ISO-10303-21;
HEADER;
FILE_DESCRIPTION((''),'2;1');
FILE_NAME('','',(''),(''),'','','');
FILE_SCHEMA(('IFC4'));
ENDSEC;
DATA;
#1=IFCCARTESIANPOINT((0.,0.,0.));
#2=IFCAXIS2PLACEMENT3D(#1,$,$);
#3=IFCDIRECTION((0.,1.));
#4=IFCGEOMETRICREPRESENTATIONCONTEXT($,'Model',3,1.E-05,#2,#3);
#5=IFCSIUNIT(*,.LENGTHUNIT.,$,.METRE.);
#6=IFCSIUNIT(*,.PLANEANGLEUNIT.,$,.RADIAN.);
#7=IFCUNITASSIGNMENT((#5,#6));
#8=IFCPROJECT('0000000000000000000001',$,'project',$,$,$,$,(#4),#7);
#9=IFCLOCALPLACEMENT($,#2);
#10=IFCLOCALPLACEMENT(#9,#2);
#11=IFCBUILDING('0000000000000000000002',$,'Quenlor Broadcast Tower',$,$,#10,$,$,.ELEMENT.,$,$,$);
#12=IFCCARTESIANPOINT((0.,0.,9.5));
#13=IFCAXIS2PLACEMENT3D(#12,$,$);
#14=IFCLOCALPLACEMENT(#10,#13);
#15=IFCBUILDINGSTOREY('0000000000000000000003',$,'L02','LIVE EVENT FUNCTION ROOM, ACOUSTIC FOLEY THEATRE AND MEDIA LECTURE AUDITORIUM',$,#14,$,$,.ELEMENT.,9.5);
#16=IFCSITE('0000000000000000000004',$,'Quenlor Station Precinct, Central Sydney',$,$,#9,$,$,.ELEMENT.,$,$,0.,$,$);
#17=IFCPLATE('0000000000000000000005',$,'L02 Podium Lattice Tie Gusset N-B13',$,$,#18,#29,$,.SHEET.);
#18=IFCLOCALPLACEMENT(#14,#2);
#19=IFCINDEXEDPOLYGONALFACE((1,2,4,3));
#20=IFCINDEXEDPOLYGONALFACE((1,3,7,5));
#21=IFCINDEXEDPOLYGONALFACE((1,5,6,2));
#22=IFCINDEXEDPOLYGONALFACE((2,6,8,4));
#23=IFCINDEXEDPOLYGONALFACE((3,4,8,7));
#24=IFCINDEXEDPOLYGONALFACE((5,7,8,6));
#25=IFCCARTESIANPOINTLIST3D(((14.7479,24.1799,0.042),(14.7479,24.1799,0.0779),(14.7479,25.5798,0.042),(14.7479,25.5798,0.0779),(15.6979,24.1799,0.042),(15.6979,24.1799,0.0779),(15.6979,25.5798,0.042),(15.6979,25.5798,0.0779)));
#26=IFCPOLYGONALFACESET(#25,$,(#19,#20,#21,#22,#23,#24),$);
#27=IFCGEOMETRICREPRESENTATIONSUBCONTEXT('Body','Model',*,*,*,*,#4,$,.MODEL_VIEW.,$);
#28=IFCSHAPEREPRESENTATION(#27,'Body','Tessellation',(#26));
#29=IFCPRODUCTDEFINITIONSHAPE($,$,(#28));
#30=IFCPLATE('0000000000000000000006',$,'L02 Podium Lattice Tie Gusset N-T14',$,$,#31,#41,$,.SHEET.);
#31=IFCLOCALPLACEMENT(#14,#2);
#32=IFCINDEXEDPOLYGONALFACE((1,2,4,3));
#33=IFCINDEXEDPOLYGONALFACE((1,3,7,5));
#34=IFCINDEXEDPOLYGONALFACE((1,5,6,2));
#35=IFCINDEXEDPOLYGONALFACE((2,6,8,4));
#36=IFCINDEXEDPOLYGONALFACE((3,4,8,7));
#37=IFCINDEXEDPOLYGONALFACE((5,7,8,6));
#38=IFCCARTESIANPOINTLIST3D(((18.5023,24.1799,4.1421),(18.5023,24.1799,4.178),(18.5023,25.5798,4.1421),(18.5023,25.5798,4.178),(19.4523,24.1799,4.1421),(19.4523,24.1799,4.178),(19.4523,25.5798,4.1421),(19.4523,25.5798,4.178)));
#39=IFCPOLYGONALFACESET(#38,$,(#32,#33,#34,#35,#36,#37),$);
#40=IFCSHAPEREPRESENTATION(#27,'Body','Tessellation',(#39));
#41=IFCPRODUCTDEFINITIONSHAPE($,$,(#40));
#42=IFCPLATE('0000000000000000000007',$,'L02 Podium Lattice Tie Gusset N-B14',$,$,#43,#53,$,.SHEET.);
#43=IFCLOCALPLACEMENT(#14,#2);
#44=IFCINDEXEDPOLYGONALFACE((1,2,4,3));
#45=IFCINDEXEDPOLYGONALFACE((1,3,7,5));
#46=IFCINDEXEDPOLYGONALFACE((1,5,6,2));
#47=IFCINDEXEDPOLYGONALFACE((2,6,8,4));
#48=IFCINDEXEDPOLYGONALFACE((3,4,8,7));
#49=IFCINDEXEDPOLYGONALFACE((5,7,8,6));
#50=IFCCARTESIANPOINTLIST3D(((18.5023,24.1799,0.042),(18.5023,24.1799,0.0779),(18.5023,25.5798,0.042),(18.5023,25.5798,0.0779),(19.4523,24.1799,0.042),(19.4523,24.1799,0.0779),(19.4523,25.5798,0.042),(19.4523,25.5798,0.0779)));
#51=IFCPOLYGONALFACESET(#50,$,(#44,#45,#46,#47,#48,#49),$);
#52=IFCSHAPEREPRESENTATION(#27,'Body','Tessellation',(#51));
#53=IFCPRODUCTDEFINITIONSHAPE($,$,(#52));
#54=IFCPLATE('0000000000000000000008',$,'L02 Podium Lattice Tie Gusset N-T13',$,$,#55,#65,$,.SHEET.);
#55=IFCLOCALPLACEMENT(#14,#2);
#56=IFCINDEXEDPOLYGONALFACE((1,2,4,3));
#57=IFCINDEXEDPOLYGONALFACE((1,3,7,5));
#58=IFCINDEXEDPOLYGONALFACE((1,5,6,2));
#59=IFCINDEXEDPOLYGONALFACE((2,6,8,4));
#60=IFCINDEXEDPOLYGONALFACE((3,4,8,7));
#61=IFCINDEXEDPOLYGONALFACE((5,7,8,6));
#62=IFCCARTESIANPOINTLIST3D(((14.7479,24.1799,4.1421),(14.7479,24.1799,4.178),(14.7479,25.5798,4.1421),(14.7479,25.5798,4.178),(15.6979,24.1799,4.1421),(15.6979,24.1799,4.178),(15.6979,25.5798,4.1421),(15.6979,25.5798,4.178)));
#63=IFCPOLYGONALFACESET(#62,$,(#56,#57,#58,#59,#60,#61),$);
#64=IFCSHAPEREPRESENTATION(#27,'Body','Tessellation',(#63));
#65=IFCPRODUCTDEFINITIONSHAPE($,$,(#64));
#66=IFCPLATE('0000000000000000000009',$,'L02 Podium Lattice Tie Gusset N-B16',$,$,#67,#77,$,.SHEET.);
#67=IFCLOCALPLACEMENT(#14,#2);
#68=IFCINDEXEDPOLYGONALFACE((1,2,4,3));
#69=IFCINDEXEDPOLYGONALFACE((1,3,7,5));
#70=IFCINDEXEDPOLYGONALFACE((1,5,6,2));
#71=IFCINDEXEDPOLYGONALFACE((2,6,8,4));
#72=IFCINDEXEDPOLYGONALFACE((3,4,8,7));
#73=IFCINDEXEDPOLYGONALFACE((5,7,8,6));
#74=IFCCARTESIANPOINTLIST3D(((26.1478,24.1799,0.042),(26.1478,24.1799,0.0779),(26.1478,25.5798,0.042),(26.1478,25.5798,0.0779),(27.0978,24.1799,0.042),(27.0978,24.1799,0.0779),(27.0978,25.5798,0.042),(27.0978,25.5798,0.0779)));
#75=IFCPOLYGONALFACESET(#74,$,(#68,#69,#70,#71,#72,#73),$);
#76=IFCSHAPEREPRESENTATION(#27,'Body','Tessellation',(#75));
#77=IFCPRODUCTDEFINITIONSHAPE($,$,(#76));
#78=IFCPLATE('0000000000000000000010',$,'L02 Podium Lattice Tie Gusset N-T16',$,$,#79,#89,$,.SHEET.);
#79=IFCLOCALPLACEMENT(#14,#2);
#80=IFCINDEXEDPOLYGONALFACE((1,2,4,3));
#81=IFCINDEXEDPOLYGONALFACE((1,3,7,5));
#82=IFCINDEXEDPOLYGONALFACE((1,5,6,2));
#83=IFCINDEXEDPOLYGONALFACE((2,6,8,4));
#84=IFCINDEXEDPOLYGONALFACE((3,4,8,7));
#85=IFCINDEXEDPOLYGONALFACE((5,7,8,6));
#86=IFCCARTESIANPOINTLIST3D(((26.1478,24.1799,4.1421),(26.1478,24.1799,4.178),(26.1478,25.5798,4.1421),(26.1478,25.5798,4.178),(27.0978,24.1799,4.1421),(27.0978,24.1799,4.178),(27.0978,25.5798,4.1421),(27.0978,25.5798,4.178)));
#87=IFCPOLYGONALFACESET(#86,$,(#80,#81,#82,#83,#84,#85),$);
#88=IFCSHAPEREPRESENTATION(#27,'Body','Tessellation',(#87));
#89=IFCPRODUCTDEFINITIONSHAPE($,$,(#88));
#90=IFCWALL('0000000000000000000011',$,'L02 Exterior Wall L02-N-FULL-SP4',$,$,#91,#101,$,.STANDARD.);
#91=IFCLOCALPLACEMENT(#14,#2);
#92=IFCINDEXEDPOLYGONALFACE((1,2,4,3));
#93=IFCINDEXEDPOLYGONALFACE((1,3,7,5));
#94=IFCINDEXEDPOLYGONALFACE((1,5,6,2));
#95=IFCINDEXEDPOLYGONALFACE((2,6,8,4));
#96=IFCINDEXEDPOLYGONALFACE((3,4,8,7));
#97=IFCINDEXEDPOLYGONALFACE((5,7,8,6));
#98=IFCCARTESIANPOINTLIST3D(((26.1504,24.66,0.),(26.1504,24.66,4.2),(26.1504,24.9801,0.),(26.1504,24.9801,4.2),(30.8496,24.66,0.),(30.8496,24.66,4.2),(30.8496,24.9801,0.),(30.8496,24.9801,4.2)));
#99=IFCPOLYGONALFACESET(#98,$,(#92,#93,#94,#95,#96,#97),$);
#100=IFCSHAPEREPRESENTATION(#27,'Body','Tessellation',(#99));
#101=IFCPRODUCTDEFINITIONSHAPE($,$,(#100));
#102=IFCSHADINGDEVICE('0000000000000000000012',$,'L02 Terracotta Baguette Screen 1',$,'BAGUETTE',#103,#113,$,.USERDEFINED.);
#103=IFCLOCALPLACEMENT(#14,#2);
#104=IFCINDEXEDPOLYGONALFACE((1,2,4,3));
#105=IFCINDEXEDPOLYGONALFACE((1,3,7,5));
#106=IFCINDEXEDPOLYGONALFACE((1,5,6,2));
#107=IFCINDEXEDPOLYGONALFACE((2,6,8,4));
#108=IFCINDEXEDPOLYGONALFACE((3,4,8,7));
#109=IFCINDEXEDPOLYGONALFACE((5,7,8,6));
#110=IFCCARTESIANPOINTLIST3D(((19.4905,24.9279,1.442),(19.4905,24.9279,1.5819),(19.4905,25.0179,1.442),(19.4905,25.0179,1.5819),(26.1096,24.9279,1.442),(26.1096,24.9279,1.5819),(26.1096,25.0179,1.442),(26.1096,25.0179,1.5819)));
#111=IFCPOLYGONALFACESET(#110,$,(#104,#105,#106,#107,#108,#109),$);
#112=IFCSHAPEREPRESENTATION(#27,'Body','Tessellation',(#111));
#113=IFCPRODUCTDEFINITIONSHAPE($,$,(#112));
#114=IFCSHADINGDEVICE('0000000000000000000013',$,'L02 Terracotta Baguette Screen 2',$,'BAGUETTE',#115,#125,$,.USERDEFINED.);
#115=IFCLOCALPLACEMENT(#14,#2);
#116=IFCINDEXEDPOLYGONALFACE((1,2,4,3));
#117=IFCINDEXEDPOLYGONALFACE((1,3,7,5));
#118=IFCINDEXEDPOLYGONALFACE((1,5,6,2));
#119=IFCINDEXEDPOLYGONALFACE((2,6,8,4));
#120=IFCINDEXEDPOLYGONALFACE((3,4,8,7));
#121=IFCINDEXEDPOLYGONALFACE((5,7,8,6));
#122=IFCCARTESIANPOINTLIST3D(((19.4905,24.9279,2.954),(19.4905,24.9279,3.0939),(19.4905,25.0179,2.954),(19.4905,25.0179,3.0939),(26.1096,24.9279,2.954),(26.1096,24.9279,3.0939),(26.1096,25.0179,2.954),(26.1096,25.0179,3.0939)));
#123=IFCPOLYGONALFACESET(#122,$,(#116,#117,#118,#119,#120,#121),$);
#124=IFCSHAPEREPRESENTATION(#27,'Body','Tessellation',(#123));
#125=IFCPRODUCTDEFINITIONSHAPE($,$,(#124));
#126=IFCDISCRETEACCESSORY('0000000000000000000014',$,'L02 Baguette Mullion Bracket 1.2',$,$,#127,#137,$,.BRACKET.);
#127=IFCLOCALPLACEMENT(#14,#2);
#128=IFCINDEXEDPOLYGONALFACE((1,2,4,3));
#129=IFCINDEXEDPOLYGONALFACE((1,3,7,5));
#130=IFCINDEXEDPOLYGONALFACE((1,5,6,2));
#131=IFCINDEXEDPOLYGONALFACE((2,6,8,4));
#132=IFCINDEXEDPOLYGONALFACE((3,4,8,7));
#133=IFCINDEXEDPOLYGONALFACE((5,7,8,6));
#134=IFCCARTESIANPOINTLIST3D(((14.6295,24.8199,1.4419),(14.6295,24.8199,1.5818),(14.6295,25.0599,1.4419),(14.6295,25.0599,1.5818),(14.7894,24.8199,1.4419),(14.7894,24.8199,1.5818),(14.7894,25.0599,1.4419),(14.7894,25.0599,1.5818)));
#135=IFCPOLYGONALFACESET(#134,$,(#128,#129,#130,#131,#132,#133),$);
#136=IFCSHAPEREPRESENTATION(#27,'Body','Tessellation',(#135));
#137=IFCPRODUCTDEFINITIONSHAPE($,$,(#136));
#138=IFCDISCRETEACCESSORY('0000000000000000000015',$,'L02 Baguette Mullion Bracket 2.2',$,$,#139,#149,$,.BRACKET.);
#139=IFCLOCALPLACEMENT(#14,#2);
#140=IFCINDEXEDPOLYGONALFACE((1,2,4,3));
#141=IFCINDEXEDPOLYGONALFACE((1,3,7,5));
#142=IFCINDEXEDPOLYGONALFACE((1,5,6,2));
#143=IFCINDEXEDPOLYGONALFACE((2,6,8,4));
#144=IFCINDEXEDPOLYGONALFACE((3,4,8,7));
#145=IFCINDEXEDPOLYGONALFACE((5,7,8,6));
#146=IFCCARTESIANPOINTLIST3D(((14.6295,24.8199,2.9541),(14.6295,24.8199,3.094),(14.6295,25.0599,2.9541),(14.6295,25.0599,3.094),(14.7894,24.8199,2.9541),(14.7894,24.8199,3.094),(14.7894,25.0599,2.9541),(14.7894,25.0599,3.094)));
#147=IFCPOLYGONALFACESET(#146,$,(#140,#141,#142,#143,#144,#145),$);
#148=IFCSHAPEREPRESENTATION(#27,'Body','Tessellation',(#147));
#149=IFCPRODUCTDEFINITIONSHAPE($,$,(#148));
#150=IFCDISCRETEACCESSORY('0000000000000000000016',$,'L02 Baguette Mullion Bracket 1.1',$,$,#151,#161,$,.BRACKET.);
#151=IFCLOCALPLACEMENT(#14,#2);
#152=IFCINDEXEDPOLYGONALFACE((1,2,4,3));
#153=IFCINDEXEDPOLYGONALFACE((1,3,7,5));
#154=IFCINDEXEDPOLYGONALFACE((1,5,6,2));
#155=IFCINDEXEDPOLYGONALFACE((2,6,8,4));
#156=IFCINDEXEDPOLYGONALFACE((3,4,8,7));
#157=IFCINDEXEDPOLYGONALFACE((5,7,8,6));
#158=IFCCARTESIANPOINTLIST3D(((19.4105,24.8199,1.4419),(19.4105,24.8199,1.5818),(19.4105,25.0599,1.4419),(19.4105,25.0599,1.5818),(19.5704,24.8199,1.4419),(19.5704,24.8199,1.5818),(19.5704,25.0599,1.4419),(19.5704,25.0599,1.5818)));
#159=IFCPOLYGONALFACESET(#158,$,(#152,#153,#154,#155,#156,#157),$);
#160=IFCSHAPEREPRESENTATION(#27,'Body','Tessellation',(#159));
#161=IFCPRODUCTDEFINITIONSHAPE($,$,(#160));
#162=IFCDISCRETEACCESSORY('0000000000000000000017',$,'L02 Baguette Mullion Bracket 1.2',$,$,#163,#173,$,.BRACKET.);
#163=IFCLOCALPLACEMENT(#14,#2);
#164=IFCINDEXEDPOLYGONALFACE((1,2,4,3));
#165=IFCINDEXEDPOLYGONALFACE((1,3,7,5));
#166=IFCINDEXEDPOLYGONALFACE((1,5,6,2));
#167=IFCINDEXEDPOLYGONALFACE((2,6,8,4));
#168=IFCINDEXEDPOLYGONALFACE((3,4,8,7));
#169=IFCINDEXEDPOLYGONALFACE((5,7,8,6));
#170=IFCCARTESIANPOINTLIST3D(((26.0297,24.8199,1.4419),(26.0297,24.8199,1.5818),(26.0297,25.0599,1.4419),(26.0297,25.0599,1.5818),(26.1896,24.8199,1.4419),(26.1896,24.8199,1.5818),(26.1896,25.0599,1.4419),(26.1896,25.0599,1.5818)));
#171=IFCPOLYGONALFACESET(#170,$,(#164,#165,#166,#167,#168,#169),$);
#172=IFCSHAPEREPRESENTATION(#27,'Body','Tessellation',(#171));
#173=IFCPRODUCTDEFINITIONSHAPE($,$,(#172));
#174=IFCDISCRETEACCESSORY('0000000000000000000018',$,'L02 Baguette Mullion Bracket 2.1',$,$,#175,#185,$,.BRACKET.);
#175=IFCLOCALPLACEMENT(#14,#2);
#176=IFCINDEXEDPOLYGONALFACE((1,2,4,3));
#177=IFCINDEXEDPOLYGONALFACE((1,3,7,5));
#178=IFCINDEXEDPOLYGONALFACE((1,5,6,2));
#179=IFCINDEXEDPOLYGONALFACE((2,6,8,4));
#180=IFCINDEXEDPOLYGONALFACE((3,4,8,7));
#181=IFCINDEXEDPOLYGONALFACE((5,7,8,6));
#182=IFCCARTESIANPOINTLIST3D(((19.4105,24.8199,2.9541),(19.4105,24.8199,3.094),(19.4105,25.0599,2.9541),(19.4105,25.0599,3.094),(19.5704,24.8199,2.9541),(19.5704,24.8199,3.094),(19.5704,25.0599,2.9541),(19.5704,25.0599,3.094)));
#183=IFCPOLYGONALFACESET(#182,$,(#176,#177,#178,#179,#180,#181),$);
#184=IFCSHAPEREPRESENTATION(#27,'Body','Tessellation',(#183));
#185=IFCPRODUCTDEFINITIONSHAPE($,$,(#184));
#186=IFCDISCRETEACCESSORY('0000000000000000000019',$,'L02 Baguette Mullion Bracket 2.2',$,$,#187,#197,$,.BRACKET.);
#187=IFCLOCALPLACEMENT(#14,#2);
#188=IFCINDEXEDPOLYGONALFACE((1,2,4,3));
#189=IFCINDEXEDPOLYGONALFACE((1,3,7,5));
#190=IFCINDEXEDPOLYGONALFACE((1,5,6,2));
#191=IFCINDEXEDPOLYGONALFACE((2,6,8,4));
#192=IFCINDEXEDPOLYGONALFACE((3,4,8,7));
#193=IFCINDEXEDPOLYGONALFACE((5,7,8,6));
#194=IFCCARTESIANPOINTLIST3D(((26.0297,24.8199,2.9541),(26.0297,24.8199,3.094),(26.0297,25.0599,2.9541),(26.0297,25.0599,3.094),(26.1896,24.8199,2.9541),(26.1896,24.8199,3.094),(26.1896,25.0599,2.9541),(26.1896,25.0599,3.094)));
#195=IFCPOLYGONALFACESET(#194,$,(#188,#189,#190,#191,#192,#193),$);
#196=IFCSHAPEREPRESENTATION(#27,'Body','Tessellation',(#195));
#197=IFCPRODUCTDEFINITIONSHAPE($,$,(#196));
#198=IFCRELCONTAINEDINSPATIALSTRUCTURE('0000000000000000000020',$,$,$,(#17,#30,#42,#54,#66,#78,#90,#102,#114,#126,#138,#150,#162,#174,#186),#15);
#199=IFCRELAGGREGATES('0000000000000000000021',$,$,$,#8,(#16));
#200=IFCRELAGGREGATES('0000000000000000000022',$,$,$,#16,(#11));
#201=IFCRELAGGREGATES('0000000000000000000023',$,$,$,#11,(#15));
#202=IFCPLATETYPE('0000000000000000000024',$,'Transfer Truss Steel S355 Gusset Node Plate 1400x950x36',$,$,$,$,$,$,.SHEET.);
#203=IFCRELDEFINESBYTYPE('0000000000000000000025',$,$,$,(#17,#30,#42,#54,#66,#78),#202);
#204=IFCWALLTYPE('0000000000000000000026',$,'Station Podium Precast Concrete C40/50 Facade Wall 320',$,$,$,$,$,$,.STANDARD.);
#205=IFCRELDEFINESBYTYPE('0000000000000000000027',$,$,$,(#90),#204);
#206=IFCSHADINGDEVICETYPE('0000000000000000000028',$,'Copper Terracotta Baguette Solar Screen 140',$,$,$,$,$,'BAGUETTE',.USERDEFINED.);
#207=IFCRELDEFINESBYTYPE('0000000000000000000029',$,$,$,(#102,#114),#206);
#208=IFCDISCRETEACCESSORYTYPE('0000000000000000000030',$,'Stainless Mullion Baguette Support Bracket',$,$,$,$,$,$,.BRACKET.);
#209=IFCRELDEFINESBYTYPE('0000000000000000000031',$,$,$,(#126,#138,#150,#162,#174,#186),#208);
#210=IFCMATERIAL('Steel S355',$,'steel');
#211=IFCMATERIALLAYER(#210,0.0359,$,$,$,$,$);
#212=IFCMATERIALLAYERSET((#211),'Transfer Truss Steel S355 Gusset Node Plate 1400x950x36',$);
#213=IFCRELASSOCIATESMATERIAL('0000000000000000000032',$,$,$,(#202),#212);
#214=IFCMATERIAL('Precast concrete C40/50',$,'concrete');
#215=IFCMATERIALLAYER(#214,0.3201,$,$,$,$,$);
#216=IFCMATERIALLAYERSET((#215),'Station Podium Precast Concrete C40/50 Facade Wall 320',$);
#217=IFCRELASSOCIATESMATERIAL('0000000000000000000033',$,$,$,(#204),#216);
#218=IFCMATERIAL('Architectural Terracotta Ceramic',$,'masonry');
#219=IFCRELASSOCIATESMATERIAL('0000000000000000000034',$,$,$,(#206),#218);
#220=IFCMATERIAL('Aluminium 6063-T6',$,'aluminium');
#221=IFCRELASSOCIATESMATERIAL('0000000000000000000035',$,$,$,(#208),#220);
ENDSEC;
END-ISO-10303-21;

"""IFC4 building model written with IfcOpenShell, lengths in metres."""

from ifc_helpers import new_model, si_unit, direction, frame, frame_2d, origin, origin_2d, place, context, subcontext, project, spatial, rectangle, extrude, material, layer, layer_set, material_profile, profile_set, type_object, element, save


model = new_model("IFC4")

# Units and contexts
model_context = context("Model", 3, precision=1e-05, world=origin(), true_north=direction((0.0, 1.0)))
body_context = subcontext(model_context, "Body", "Model", "MODEL_VIEW")
ifc_project = project(units=[si_unit("LENGTHUNIT", "METRE"), si_unit("PLANEANGLEUNIT", "RADIAN")], contexts=[model_context])

# Site, building, storey
site_placement = place(None, origin())
site = spatial("IfcSite", under=ifc_project, at=site_placement, Name="Quenlor Station Precinct, Central Sydney", CompositionType="ELEMENT", RefElevation=0.0)
building_placement = place(site_placement, origin())
building = spatial("IfcBuilding", under=site, at=building_placement, Name="Quenlor Broadcast Tower", CompositionType="ELEMENT")
storey_placement = place(building_placement, frame((0.0, 0.0, 9.5)))
storey = spatial("IfcBuildingStorey", under=building, at=storey_placement, Name="L02", Description="LIVE EVENT FUNCTION ROOM, ACOUSTIC FOLEY THEATRE AND MEDIA LECTURE AUDITORIUM", CompositionType="ELEMENT", Elevation=9.5)

# Plates
ifc_material_1 = material(Name="Steel S355", Category="steel")
ifc_layer_1 = layer(ifc_material_1, 0.0359)
ifc_layer_set_1 = layer_set([ifc_layer_1], Name="Transfer Truss Steel S355 Gusset Node Plate 1400x950x36")
plate_type_1 = type_object("IfcPlateType", Name="Transfer Truss Steel S355 Gusset Node Plate 1400x950x36", PredefinedType="SHEET", material=ifc_layer_set_1)
for number, where, z_axis, x_axis, name in (
    (1, (15.2229, 24.8799, 0.042), (0.0, 0.0, 1.0), (0.0, 1.0, 0.0), "L02 Podium Lattice Tie Gusset N-B13"),
    (2, (18.9773, 24.8799, 4.1421), (0.0, 0.0, 1.0), (0.0, 1.0, 0.0), "L02 Podium Lattice Tie Gusset N-T14"),
    (3, (18.9773, 24.8799, 0.042), (0.0, 0.0, 1.0), (0.0, 1.0, 0.0), "L02 Podium Lattice Tie Gusset N-B14"),
    (4, (15.2229, 24.8799, 4.1421), (0.0, 0.0, 1.0), (0.0, 1.0, 0.0), "L02 Podium Lattice Tie Gusset N-T13"),
    (5, (26.6228, 24.8799, 0.042), (0.0, 0.0, 1.0), (0.0, 1.0, 0.0), "L02 Podium Lattice Tie Gusset N-B16"),
    (6, (26.6228, 24.8799, 4.1421), (0.0, 0.0, 1.0), (0.0, 1.0, 0.0), "L02 Podium Lattice Tie Gusset N-T16"),
):
    element("IfcPlate", number, at=place(storey_placement, frame(where, z_axis=z_axis, x_axis=x_axis)), inside=storey, type_object=plate_type_1, Name=name, PredefinedType="SHEET", context=body_context, shape_type="SweptSolid", body=[
        extrude(rectangle(XDim=1.3999, YDim=0.95, at=origin_2d()), origin(), (0.0, 0.0, 1.0), 0.0359),
    ])

# Wall
ifc_material_2 = material(Name="Precast concrete C40/50", Category="concrete")
ifc_layer_2 = layer(ifc_material_2, 0.3201)
ifc_layer_set_2 = layer_set([ifc_layer_2], Name="Station Podium Precast Concrete C40/50 Facade Wall 320")
wall_type = type_object("IfcWallType", Name="Station Podium Precast Concrete C40/50 Facade Wall 320", PredefinedType="STANDARD", material=ifc_layer_set_2)
wall_placement = place(storey_placement, frame((26.1504, 24.8201, 0.0), z_axis=(0.0, 0.0, 1.0), x_axis=(1.0, 0.0, 0.0)))
element("IfcWall", 7, at=wall_placement, inside=storey, type_object=wall_type, Name="L02 Exterior Wall L02-N-FULL-SP4", PredefinedType="STANDARD", context=body_context, shape_type="SweptSolid", body=[
    extrude(rectangle(XDim=4.6992, YDim=0.3201, at=frame_2d((2.3496, 0.0))), origin(), (0.0, 0.0, 1.0), 4.2),
])

# Shading devices
ifc_material_3 = material(Name="Architectural Terracotta Ceramic", Category="masonry")
ifc_material_profile_1 = material_profile(ifc_material_3, rectangle(XDim=0.0901, YDim=0.1399, at=origin_2d()))
ifc_profile_set_1 = profile_set([ifc_material_profile_1], Name="Architectural Terracotta Ceramic BAG90x140")
shading_device_type = type_object("IfcShadingDeviceType", Name="Copper Terracotta Baguette Solar Screen 140", ElementType="BAGUETTE", PredefinedType="USERDEFINED", material=ifc_profile_set_1)
for number, where, z_axis, x_axis, name in (
    (8, (19.4905, 24.9729, 1.512), (1.0, 0.0, 0.0), (0.0, 1.0, 0.0), "L02 Terracotta Baguette Screen 1"),
    (9, (19.4905, 24.9729, 3.0239), (1.0, 0.0, 0.0), (0.0, 1.0, 0.0), "L02 Terracotta Baguette Screen 2"),
):
    element("IfcShadingDevice", number, at=place(storey_placement, frame(where, z_axis=z_axis, x_axis=x_axis)), inside=storey, type_object=shading_device_type, Name=name, ObjectType="BAGUETTE", PredefinedType="USERDEFINED", context=body_context, shape_type="SweptSolid", body=[
        extrude(rectangle(XDim=0.0901, YDim=0.1399, at=origin_2d()), origin(), (0.0, 0.0, 1.0), 6.6191),
    ])

# Discrete accessories
ifc_material_4 = material(Name="Aluminium 6063-T6", Category="aluminium")
discrete_accessory_type = type_object("IfcDiscreteAccessoryType", Name="Stainless Mullion Baguette Support Bracket", PredefinedType="BRACKET", material=ifc_material_4)
for number, where, z_axis, x_axis, name in (
    (10, (14.7095, 24.9399, 1.4419), (0.0, 0.0, 1.0), (1.0, 0.0, 0.0), "L02 Baguette Mullion Bracket 1.2"),
    (11, (14.7095, 24.9399, 2.9541), (0.0, 0.0, 1.0), (1.0, 0.0, 0.0), "L02 Baguette Mullion Bracket 2.2"),
    (12, (19.4905, 24.9399, 1.4419), (0.0, 0.0, 1.0), (1.0, 0.0, 0.0), "L02 Baguette Mullion Bracket 1.1"),
    (13, (26.1096, 24.9399, 1.4419), (0.0, 0.0, 1.0), (1.0, 0.0, 0.0), "L02 Baguette Mullion Bracket 1.2"),
    (14, (19.4905, 24.9399, 2.9541), (0.0, 0.0, 1.0), (1.0, 0.0, 0.0), "L02 Baguette Mullion Bracket 2.1"),
    (15, (26.1096, 24.9399, 2.9541), (0.0, 0.0, 1.0), (1.0, 0.0, 0.0), "L02 Baguette Mullion Bracket 2.2"),
):
    element("IfcDiscreteAccessory", number, at=place(storey_placement, frame(where, z_axis=z_axis, x_axis=x_axis)), inside=storey, type_object=discrete_accessory_type, Name=name, PredefinedType="BRACKET", context=body_context, shape_type="SweptSolid", body=[
        extrude(rectangle(XDim=0.1599, YDim=0.24, at=origin_2d()), origin(), (0.0, 0.0, 1.0), 0.1399),
    ])

save(model, "model.ifc")
